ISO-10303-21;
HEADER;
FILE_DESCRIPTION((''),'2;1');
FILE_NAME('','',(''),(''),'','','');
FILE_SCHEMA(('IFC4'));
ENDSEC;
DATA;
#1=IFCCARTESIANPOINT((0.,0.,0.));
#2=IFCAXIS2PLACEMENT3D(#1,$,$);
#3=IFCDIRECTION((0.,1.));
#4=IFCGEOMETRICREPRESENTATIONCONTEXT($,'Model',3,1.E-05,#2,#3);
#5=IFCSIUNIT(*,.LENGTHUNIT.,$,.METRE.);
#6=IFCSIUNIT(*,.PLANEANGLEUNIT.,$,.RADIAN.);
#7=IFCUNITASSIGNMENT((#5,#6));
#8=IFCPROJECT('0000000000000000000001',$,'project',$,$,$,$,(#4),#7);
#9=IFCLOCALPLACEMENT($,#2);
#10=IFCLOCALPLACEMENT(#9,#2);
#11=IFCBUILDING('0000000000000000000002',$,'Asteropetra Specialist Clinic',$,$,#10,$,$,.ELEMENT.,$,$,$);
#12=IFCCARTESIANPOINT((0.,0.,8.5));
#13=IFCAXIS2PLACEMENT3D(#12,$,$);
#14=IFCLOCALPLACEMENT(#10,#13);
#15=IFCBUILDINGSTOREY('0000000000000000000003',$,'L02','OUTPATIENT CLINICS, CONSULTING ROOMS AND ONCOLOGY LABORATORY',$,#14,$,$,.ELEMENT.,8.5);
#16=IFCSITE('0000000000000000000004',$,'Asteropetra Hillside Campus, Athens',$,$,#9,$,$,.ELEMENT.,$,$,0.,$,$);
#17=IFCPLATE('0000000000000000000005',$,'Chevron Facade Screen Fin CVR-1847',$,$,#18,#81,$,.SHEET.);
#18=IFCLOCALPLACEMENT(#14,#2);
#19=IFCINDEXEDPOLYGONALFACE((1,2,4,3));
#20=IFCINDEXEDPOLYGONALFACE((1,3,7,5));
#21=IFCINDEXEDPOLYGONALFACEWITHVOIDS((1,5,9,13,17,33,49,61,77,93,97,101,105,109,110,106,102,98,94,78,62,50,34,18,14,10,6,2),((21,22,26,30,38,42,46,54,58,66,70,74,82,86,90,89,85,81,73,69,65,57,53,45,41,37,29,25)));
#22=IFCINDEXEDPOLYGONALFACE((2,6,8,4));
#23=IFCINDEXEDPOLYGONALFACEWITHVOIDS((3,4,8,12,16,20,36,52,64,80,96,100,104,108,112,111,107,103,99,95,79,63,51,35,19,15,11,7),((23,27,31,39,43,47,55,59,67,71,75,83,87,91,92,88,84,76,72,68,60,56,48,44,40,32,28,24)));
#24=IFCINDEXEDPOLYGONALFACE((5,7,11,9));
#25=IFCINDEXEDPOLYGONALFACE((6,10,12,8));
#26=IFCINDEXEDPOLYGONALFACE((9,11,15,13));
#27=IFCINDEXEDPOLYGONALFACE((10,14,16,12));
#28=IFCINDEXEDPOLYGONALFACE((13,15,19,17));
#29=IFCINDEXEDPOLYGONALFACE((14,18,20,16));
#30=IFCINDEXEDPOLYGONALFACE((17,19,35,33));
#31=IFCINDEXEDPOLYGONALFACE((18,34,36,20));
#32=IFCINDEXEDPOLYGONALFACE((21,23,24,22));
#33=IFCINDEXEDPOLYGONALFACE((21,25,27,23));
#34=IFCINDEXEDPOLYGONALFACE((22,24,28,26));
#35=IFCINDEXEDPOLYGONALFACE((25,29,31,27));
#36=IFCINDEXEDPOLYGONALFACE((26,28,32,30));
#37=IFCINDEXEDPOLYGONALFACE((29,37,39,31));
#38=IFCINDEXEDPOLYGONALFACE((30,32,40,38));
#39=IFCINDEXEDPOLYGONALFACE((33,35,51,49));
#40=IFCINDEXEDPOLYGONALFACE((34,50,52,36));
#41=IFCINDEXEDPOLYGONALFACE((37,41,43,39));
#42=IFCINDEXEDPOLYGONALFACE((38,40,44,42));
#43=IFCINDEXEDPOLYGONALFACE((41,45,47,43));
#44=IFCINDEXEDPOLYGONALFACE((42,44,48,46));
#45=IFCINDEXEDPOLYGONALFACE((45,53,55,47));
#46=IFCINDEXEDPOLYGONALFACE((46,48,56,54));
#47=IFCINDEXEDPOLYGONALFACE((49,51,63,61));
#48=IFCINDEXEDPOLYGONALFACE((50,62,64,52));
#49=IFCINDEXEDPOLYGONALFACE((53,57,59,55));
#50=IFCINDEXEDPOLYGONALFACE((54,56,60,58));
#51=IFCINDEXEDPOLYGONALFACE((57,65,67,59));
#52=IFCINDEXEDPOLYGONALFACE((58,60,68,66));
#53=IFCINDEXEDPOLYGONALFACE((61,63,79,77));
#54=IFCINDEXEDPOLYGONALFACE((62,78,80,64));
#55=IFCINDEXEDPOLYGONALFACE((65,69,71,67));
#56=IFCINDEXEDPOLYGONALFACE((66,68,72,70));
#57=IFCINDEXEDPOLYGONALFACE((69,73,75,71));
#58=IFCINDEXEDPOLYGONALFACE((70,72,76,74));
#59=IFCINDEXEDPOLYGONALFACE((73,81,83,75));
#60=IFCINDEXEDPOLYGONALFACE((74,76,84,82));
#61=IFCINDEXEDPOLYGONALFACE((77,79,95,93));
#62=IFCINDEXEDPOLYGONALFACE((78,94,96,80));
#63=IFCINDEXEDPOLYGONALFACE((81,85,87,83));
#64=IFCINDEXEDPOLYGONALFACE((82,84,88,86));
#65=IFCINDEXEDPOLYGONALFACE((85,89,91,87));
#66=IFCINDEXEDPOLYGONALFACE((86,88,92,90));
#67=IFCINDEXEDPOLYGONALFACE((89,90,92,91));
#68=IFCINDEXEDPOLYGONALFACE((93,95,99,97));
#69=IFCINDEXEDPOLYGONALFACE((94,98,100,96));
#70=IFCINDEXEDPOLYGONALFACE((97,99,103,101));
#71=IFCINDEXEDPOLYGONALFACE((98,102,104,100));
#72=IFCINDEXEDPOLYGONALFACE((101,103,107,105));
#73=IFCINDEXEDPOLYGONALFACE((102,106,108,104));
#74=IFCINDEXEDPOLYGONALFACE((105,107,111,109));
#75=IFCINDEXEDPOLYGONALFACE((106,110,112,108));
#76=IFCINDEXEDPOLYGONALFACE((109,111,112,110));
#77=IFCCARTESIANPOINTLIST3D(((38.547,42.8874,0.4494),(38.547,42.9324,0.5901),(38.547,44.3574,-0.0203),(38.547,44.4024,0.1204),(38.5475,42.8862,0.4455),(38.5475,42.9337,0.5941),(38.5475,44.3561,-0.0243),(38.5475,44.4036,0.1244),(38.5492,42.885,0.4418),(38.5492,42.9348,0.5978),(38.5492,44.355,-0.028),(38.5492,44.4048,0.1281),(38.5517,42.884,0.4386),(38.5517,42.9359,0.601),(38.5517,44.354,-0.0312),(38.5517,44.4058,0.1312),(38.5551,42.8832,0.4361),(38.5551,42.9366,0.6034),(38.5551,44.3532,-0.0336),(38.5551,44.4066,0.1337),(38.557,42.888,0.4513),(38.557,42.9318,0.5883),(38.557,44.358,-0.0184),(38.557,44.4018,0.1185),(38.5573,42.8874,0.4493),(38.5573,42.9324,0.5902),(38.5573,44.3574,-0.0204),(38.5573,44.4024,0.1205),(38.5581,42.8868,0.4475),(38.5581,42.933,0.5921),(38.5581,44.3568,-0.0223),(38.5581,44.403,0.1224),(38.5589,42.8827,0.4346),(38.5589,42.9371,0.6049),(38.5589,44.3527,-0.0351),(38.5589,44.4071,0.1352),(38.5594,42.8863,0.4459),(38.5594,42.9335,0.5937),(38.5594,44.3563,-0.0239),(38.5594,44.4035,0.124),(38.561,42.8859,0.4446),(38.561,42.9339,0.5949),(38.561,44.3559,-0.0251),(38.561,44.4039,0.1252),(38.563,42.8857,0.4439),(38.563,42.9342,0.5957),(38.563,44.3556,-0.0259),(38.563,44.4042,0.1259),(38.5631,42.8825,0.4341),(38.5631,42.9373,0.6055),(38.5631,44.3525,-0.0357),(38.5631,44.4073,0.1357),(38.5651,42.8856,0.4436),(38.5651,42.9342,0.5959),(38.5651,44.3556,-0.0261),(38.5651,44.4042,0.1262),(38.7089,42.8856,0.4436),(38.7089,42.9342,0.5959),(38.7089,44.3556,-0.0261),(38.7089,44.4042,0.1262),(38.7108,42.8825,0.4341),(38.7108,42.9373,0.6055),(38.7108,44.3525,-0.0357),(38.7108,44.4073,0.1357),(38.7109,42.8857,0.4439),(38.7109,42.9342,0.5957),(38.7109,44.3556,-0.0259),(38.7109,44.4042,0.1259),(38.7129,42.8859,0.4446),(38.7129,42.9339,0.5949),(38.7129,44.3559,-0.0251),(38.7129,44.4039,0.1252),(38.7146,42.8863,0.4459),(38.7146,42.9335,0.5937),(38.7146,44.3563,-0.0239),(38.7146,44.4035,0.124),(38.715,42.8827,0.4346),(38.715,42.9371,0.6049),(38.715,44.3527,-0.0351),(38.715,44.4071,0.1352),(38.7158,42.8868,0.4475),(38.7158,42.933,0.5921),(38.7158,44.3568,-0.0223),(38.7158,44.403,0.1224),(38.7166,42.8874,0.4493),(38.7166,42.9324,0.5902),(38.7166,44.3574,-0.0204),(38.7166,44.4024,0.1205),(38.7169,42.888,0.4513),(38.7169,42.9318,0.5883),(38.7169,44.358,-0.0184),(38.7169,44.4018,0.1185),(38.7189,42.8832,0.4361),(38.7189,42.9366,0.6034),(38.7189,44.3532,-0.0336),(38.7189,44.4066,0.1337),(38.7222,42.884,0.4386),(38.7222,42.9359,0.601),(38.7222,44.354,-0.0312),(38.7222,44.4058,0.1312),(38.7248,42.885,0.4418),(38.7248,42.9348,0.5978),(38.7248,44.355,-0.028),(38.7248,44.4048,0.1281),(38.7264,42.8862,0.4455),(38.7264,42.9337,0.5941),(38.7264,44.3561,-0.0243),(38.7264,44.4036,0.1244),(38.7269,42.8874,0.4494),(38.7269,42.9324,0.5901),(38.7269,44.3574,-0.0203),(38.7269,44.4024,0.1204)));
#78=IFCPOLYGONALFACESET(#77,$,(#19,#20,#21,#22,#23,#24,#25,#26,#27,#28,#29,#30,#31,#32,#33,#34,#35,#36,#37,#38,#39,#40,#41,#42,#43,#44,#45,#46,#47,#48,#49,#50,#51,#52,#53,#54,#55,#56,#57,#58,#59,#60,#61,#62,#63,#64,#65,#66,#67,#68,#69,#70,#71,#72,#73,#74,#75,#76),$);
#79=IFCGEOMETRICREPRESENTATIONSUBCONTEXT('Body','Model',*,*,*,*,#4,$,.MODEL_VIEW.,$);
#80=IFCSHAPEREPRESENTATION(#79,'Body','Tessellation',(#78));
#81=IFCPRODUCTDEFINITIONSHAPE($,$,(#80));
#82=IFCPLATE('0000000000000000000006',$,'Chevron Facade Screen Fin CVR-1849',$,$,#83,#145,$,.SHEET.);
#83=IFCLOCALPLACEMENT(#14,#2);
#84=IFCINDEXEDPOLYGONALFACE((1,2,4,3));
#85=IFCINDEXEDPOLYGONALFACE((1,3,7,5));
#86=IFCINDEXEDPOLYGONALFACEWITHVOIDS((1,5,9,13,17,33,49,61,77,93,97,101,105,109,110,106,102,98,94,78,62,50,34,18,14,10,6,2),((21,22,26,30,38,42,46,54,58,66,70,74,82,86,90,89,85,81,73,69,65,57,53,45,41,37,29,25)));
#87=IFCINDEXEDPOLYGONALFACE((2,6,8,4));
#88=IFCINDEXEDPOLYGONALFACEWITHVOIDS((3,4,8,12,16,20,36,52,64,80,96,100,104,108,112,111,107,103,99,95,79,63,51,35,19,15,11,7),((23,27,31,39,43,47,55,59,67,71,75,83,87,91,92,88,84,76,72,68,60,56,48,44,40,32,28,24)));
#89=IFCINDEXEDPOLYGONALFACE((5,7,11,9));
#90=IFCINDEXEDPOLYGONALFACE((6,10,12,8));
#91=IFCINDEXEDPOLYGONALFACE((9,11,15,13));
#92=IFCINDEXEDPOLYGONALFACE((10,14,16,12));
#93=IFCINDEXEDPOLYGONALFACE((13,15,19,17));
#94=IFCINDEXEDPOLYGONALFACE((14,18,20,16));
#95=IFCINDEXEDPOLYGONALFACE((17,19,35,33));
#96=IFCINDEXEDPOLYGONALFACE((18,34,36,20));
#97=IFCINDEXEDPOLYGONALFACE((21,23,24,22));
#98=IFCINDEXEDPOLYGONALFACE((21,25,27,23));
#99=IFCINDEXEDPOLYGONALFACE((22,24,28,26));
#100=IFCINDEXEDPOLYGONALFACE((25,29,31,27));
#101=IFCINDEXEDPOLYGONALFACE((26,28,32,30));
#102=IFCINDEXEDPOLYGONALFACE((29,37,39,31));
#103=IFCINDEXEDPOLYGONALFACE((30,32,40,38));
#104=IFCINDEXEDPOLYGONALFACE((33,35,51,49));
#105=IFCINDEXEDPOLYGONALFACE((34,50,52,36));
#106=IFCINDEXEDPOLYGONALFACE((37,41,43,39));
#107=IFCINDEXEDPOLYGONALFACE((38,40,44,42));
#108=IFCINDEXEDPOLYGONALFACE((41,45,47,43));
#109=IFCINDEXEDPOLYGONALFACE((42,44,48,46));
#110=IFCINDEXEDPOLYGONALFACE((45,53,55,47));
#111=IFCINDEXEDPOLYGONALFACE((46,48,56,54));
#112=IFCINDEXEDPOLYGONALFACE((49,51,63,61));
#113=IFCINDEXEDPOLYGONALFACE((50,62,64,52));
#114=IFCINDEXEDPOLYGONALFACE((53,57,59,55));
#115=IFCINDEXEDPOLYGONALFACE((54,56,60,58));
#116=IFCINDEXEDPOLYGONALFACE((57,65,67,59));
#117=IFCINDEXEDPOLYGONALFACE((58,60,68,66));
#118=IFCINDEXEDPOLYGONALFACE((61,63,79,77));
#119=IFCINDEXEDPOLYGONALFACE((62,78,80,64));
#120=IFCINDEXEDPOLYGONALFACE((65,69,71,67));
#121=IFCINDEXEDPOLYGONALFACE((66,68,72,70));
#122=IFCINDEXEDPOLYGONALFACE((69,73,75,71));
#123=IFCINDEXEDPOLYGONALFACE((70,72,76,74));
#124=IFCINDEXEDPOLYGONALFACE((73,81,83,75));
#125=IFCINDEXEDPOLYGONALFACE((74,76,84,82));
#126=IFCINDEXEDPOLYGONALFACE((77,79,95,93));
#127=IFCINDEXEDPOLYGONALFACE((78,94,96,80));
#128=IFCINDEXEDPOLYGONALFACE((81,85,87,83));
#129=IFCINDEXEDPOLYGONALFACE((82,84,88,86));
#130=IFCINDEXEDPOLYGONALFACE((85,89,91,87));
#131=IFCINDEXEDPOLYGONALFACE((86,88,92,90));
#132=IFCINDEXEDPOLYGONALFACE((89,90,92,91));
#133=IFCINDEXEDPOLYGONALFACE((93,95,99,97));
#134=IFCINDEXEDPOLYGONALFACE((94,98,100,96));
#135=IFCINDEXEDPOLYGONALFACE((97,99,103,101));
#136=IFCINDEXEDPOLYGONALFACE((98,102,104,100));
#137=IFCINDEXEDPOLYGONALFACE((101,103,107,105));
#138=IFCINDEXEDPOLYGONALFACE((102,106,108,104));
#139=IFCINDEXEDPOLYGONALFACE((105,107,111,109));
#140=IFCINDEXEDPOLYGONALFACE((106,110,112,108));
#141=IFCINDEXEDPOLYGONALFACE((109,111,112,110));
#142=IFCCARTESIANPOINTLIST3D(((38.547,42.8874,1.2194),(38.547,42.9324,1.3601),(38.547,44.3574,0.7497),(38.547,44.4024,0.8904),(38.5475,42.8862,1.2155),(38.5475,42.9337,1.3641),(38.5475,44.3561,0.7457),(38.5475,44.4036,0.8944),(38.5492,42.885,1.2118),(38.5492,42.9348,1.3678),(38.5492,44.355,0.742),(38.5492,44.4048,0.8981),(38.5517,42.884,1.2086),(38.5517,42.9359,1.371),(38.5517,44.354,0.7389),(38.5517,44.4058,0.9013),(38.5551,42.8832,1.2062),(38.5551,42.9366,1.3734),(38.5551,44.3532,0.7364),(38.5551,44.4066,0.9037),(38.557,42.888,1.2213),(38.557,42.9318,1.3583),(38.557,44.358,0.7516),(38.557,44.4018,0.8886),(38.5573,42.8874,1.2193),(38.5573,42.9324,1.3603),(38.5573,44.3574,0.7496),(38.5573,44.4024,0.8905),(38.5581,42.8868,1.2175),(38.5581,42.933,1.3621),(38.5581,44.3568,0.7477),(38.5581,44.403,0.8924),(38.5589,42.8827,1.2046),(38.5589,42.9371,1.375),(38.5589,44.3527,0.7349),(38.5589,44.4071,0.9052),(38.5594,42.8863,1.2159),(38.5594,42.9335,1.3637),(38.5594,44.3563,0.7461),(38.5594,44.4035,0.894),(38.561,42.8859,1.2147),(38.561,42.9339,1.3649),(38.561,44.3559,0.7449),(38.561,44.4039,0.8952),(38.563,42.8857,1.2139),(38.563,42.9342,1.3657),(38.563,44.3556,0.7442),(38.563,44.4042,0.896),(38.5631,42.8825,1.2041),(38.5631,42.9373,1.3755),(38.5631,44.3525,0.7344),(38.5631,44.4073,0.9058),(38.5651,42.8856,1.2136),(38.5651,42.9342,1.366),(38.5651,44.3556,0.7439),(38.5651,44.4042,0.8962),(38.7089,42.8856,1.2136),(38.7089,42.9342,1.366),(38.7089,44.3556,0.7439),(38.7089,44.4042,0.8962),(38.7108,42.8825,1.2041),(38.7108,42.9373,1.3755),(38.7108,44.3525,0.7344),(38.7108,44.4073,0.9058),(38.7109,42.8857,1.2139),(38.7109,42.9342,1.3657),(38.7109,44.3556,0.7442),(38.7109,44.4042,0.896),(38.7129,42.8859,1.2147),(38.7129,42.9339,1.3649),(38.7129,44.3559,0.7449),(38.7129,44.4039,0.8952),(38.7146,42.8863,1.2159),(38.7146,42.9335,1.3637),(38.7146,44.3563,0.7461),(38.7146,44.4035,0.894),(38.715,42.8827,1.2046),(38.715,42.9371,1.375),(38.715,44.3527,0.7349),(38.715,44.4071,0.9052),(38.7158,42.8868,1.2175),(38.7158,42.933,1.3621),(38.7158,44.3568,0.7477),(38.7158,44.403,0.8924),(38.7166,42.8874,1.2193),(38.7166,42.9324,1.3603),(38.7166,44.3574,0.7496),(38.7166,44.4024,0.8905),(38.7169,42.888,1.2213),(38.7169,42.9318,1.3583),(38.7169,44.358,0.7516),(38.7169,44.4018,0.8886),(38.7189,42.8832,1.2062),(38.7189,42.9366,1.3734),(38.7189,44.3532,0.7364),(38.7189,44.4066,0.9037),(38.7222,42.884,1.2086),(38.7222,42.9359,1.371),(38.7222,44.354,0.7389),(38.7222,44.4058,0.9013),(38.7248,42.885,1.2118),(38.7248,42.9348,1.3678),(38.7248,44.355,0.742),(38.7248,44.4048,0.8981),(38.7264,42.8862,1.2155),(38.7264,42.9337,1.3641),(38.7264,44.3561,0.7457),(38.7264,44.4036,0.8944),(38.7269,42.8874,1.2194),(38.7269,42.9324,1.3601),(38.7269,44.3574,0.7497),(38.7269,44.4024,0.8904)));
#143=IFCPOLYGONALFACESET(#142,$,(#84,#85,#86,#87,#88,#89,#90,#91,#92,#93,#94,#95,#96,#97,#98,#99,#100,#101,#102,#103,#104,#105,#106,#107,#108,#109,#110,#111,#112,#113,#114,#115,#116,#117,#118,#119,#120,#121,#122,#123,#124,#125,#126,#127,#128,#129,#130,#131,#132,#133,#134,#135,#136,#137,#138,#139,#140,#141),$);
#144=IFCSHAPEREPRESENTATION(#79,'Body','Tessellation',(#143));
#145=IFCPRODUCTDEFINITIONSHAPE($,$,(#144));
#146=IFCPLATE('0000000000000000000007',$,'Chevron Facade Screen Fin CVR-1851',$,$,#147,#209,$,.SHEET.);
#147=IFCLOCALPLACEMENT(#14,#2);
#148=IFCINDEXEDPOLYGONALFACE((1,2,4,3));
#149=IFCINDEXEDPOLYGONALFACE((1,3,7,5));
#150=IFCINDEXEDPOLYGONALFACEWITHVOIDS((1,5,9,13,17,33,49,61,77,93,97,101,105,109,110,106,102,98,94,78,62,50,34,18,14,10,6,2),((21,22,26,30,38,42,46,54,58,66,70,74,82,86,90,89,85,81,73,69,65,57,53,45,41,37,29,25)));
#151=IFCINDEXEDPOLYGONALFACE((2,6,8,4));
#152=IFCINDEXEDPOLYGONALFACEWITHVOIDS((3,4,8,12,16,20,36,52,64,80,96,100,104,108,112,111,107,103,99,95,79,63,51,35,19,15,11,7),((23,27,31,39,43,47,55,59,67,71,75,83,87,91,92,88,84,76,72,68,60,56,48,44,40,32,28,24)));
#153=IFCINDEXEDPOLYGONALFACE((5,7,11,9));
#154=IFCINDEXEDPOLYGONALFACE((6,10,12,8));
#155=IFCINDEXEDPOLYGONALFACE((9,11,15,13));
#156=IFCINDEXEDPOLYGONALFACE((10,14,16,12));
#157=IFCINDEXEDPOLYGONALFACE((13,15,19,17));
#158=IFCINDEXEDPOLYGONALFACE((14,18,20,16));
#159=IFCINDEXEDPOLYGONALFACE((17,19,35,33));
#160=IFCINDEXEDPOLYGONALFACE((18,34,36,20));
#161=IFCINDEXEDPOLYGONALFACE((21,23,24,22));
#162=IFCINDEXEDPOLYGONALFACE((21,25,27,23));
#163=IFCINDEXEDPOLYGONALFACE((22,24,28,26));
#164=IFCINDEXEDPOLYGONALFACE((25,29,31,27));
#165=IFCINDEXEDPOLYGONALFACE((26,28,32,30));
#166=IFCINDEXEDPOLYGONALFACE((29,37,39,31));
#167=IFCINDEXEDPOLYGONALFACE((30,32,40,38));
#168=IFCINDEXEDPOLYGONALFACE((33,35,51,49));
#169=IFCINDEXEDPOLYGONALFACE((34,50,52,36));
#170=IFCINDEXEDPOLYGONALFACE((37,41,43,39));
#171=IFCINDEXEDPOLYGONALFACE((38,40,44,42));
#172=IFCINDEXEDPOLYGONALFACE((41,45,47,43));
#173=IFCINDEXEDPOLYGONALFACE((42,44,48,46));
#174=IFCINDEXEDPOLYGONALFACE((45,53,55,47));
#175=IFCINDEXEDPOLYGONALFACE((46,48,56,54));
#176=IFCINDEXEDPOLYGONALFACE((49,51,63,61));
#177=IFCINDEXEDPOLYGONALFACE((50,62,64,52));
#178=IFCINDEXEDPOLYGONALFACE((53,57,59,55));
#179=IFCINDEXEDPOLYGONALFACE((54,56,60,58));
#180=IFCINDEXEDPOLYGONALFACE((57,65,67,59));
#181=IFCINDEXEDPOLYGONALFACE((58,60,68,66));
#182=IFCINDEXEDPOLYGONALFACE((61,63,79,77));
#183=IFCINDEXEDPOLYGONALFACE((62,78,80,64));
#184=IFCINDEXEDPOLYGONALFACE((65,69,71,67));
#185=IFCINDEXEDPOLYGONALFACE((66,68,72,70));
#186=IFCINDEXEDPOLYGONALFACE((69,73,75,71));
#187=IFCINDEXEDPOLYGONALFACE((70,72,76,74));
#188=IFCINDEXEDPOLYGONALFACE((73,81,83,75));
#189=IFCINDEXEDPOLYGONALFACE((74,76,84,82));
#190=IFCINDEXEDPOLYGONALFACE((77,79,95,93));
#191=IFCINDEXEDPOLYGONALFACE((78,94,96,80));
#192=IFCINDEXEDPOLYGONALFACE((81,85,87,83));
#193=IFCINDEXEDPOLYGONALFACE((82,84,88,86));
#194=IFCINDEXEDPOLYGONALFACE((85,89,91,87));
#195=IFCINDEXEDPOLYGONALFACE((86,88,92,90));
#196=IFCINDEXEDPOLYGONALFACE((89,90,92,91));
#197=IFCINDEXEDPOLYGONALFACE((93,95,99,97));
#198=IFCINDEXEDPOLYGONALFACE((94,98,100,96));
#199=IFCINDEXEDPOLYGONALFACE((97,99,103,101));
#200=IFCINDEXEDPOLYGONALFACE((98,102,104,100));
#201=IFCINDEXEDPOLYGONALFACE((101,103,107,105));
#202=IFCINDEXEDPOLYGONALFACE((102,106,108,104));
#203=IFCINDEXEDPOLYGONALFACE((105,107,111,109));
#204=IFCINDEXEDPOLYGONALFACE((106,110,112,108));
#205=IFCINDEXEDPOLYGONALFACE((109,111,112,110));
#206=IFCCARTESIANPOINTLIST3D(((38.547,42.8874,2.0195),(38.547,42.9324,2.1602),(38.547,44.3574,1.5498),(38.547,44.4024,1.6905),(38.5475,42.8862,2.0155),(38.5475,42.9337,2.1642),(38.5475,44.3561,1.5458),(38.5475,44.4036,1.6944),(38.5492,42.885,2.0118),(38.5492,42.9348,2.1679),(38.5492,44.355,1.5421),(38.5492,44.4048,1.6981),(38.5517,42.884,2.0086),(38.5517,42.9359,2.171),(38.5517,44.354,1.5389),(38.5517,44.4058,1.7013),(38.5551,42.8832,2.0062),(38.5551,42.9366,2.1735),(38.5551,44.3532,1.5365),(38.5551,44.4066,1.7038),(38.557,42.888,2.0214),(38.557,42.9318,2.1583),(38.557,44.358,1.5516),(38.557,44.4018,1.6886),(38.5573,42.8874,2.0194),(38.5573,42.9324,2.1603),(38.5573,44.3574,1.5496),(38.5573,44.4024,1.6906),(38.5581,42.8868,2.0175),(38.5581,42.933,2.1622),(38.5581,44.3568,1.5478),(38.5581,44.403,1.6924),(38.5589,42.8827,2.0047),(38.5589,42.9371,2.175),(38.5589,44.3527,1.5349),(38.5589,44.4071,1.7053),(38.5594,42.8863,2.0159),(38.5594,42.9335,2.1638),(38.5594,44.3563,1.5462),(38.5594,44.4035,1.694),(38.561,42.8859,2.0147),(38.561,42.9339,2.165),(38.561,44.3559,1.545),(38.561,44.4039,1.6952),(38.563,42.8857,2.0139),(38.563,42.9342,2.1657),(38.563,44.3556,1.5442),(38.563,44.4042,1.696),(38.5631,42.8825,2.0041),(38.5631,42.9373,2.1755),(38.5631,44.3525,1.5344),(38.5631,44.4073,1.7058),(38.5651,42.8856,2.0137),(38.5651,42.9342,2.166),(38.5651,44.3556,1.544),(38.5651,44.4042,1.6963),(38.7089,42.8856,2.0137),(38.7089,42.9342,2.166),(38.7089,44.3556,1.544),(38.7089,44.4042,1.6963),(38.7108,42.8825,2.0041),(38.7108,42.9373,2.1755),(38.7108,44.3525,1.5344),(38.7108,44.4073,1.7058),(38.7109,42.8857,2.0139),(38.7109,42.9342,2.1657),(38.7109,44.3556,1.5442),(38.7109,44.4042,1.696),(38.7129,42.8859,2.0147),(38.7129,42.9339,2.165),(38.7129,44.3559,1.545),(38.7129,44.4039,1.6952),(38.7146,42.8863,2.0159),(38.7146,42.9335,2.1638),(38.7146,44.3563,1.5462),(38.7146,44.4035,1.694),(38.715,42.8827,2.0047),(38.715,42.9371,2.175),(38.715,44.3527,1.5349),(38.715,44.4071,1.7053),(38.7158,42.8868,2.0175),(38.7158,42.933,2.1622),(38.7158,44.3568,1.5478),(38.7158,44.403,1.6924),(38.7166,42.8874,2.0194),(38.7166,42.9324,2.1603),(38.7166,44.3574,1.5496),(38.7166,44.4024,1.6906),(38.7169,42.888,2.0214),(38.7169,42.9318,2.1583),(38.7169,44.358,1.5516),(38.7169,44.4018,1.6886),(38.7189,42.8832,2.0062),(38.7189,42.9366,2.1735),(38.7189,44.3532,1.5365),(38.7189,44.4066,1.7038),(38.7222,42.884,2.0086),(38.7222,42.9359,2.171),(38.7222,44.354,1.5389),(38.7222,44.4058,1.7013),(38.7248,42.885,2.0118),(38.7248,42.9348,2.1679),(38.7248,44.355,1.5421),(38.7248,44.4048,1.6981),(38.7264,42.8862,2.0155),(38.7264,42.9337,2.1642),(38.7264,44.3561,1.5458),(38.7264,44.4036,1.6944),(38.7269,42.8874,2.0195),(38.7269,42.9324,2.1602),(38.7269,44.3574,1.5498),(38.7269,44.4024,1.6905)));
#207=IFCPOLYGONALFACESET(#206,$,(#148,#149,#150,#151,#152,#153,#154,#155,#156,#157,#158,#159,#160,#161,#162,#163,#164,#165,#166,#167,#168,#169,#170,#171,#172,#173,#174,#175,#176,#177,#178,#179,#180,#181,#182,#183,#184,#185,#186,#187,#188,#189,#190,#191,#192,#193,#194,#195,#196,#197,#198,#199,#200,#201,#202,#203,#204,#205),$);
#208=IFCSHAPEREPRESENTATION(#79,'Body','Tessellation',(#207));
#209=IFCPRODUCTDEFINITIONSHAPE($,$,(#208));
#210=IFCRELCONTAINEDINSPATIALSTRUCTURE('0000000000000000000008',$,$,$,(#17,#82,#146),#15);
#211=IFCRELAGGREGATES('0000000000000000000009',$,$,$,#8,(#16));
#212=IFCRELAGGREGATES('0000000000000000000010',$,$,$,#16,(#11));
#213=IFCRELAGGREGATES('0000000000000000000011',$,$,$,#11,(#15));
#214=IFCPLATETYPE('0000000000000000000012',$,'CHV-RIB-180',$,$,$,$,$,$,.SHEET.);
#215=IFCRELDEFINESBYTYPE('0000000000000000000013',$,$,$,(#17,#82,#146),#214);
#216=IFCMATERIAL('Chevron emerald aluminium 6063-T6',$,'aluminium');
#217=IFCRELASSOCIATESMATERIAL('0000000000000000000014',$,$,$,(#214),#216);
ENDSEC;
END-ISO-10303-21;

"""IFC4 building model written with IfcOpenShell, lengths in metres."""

from ifc_helpers import new_model, si_unit, direction, frame, origin, origin_2d, place, context, subcontext, project, spatial, hollow_rectangle, extrude, material, material_profile, profile_set, type_object, element, save


model = new_model("IFC4")

# Units and contexts
model_context = context("Model", 3, precision=1e-05, world=origin(), true_north=direction((0.0, 1.0)))
body_context = subcontext(model_context, "Body", "Model", "MODEL_VIEW")
ifc_project = project(units=[si_unit("LENGTHUNIT", "METRE"), si_unit("PLANEANGLEUNIT", "RADIAN")], contexts=[model_context])

# Site, building, storey
site_placement = place(None, origin())
site = spatial("IfcSite", under=ifc_project, at=site_placement, Name="Asteropetra Hillside Campus, Athens", CompositionType="ELEMENT", RefElevation=0.0)
building_placement = place(site_placement, origin())
building = spatial("IfcBuilding", under=site, at=building_placement, Name="Asteropetra Specialist Clinic", CompositionType="ELEMENT")
storey_placement = place(building_placement, frame((0.0, 0.0, 8.5)))
storey = spatial("IfcBuildingStorey", under=building, at=storey_placement, Name="L02", Description="OUTPATIENT CLINICS, CONSULTING ROOMS AND ONCOLOGY LABORATORY", CompositionType="ELEMENT", Elevation=8.5)

# Plates
ifc_material_1 = material(Name="Chevron emerald aluminium 6063-T6", Category="aluminium")
ifc_material_profile_1 = material_profile(ifc_material_1, hollow_rectangle(XDim=0.1799, YDim=0.1799, WallThickness=0.01, InnerFilletRadius=0.0081, OuterFilletRadius=0.0161, at=origin_2d()), Name="SHS 180x180x10.0")
ifc_profile_set_1 = profile_set([ifc_material_profile_1], Name="Chevron emerald aluminium 6063-T6")
plate_type = type_object("IfcPlateType", Name="CHV-RIB-180", PredefinedType="SHEET", material=ifc_profile_set_1)
for number, where, z_axis, x_axis, name in (
    (1, (38.637, 42.9099, 0.5198), (0.0, 0.952549, -0.304385), (-1.0, 0.0, 0.0), "Chevron Facade Screen Fin CVR-1847"),
    (2, (38.637, 42.9099, 1.2898), (0.0, 0.952549, -0.304385), (-1.0, 0.0, 0.0), "Chevron Facade Screen Fin CVR-1849"),
    (3, (38.637, 42.9099, 2.0898), (0.0, 0.952549, -0.304385), (-1.0, 0.0, 0.0), "Chevron Facade Screen Fin CVR-1851"),
):
    element("IfcPlate", number, at=place(storey_placement, frame(where, z_axis=z_axis, x_axis=x_axis)), inside=storey, type_object=plate_type, Name=name, PredefinedType="SHEET", context=body_context, shape_type="SweptSolid", body=[
        extrude(hollow_rectangle(XDim=0.1799, YDim=0.1799, WallThickness=0.01, InnerFilletRadius=0.0081, OuterFilletRadius=0.0161, at=origin_2d()), origin(), (0.0, 0.0, 1.0), 1.5432),
    ])

save(model, "model.ifc")
